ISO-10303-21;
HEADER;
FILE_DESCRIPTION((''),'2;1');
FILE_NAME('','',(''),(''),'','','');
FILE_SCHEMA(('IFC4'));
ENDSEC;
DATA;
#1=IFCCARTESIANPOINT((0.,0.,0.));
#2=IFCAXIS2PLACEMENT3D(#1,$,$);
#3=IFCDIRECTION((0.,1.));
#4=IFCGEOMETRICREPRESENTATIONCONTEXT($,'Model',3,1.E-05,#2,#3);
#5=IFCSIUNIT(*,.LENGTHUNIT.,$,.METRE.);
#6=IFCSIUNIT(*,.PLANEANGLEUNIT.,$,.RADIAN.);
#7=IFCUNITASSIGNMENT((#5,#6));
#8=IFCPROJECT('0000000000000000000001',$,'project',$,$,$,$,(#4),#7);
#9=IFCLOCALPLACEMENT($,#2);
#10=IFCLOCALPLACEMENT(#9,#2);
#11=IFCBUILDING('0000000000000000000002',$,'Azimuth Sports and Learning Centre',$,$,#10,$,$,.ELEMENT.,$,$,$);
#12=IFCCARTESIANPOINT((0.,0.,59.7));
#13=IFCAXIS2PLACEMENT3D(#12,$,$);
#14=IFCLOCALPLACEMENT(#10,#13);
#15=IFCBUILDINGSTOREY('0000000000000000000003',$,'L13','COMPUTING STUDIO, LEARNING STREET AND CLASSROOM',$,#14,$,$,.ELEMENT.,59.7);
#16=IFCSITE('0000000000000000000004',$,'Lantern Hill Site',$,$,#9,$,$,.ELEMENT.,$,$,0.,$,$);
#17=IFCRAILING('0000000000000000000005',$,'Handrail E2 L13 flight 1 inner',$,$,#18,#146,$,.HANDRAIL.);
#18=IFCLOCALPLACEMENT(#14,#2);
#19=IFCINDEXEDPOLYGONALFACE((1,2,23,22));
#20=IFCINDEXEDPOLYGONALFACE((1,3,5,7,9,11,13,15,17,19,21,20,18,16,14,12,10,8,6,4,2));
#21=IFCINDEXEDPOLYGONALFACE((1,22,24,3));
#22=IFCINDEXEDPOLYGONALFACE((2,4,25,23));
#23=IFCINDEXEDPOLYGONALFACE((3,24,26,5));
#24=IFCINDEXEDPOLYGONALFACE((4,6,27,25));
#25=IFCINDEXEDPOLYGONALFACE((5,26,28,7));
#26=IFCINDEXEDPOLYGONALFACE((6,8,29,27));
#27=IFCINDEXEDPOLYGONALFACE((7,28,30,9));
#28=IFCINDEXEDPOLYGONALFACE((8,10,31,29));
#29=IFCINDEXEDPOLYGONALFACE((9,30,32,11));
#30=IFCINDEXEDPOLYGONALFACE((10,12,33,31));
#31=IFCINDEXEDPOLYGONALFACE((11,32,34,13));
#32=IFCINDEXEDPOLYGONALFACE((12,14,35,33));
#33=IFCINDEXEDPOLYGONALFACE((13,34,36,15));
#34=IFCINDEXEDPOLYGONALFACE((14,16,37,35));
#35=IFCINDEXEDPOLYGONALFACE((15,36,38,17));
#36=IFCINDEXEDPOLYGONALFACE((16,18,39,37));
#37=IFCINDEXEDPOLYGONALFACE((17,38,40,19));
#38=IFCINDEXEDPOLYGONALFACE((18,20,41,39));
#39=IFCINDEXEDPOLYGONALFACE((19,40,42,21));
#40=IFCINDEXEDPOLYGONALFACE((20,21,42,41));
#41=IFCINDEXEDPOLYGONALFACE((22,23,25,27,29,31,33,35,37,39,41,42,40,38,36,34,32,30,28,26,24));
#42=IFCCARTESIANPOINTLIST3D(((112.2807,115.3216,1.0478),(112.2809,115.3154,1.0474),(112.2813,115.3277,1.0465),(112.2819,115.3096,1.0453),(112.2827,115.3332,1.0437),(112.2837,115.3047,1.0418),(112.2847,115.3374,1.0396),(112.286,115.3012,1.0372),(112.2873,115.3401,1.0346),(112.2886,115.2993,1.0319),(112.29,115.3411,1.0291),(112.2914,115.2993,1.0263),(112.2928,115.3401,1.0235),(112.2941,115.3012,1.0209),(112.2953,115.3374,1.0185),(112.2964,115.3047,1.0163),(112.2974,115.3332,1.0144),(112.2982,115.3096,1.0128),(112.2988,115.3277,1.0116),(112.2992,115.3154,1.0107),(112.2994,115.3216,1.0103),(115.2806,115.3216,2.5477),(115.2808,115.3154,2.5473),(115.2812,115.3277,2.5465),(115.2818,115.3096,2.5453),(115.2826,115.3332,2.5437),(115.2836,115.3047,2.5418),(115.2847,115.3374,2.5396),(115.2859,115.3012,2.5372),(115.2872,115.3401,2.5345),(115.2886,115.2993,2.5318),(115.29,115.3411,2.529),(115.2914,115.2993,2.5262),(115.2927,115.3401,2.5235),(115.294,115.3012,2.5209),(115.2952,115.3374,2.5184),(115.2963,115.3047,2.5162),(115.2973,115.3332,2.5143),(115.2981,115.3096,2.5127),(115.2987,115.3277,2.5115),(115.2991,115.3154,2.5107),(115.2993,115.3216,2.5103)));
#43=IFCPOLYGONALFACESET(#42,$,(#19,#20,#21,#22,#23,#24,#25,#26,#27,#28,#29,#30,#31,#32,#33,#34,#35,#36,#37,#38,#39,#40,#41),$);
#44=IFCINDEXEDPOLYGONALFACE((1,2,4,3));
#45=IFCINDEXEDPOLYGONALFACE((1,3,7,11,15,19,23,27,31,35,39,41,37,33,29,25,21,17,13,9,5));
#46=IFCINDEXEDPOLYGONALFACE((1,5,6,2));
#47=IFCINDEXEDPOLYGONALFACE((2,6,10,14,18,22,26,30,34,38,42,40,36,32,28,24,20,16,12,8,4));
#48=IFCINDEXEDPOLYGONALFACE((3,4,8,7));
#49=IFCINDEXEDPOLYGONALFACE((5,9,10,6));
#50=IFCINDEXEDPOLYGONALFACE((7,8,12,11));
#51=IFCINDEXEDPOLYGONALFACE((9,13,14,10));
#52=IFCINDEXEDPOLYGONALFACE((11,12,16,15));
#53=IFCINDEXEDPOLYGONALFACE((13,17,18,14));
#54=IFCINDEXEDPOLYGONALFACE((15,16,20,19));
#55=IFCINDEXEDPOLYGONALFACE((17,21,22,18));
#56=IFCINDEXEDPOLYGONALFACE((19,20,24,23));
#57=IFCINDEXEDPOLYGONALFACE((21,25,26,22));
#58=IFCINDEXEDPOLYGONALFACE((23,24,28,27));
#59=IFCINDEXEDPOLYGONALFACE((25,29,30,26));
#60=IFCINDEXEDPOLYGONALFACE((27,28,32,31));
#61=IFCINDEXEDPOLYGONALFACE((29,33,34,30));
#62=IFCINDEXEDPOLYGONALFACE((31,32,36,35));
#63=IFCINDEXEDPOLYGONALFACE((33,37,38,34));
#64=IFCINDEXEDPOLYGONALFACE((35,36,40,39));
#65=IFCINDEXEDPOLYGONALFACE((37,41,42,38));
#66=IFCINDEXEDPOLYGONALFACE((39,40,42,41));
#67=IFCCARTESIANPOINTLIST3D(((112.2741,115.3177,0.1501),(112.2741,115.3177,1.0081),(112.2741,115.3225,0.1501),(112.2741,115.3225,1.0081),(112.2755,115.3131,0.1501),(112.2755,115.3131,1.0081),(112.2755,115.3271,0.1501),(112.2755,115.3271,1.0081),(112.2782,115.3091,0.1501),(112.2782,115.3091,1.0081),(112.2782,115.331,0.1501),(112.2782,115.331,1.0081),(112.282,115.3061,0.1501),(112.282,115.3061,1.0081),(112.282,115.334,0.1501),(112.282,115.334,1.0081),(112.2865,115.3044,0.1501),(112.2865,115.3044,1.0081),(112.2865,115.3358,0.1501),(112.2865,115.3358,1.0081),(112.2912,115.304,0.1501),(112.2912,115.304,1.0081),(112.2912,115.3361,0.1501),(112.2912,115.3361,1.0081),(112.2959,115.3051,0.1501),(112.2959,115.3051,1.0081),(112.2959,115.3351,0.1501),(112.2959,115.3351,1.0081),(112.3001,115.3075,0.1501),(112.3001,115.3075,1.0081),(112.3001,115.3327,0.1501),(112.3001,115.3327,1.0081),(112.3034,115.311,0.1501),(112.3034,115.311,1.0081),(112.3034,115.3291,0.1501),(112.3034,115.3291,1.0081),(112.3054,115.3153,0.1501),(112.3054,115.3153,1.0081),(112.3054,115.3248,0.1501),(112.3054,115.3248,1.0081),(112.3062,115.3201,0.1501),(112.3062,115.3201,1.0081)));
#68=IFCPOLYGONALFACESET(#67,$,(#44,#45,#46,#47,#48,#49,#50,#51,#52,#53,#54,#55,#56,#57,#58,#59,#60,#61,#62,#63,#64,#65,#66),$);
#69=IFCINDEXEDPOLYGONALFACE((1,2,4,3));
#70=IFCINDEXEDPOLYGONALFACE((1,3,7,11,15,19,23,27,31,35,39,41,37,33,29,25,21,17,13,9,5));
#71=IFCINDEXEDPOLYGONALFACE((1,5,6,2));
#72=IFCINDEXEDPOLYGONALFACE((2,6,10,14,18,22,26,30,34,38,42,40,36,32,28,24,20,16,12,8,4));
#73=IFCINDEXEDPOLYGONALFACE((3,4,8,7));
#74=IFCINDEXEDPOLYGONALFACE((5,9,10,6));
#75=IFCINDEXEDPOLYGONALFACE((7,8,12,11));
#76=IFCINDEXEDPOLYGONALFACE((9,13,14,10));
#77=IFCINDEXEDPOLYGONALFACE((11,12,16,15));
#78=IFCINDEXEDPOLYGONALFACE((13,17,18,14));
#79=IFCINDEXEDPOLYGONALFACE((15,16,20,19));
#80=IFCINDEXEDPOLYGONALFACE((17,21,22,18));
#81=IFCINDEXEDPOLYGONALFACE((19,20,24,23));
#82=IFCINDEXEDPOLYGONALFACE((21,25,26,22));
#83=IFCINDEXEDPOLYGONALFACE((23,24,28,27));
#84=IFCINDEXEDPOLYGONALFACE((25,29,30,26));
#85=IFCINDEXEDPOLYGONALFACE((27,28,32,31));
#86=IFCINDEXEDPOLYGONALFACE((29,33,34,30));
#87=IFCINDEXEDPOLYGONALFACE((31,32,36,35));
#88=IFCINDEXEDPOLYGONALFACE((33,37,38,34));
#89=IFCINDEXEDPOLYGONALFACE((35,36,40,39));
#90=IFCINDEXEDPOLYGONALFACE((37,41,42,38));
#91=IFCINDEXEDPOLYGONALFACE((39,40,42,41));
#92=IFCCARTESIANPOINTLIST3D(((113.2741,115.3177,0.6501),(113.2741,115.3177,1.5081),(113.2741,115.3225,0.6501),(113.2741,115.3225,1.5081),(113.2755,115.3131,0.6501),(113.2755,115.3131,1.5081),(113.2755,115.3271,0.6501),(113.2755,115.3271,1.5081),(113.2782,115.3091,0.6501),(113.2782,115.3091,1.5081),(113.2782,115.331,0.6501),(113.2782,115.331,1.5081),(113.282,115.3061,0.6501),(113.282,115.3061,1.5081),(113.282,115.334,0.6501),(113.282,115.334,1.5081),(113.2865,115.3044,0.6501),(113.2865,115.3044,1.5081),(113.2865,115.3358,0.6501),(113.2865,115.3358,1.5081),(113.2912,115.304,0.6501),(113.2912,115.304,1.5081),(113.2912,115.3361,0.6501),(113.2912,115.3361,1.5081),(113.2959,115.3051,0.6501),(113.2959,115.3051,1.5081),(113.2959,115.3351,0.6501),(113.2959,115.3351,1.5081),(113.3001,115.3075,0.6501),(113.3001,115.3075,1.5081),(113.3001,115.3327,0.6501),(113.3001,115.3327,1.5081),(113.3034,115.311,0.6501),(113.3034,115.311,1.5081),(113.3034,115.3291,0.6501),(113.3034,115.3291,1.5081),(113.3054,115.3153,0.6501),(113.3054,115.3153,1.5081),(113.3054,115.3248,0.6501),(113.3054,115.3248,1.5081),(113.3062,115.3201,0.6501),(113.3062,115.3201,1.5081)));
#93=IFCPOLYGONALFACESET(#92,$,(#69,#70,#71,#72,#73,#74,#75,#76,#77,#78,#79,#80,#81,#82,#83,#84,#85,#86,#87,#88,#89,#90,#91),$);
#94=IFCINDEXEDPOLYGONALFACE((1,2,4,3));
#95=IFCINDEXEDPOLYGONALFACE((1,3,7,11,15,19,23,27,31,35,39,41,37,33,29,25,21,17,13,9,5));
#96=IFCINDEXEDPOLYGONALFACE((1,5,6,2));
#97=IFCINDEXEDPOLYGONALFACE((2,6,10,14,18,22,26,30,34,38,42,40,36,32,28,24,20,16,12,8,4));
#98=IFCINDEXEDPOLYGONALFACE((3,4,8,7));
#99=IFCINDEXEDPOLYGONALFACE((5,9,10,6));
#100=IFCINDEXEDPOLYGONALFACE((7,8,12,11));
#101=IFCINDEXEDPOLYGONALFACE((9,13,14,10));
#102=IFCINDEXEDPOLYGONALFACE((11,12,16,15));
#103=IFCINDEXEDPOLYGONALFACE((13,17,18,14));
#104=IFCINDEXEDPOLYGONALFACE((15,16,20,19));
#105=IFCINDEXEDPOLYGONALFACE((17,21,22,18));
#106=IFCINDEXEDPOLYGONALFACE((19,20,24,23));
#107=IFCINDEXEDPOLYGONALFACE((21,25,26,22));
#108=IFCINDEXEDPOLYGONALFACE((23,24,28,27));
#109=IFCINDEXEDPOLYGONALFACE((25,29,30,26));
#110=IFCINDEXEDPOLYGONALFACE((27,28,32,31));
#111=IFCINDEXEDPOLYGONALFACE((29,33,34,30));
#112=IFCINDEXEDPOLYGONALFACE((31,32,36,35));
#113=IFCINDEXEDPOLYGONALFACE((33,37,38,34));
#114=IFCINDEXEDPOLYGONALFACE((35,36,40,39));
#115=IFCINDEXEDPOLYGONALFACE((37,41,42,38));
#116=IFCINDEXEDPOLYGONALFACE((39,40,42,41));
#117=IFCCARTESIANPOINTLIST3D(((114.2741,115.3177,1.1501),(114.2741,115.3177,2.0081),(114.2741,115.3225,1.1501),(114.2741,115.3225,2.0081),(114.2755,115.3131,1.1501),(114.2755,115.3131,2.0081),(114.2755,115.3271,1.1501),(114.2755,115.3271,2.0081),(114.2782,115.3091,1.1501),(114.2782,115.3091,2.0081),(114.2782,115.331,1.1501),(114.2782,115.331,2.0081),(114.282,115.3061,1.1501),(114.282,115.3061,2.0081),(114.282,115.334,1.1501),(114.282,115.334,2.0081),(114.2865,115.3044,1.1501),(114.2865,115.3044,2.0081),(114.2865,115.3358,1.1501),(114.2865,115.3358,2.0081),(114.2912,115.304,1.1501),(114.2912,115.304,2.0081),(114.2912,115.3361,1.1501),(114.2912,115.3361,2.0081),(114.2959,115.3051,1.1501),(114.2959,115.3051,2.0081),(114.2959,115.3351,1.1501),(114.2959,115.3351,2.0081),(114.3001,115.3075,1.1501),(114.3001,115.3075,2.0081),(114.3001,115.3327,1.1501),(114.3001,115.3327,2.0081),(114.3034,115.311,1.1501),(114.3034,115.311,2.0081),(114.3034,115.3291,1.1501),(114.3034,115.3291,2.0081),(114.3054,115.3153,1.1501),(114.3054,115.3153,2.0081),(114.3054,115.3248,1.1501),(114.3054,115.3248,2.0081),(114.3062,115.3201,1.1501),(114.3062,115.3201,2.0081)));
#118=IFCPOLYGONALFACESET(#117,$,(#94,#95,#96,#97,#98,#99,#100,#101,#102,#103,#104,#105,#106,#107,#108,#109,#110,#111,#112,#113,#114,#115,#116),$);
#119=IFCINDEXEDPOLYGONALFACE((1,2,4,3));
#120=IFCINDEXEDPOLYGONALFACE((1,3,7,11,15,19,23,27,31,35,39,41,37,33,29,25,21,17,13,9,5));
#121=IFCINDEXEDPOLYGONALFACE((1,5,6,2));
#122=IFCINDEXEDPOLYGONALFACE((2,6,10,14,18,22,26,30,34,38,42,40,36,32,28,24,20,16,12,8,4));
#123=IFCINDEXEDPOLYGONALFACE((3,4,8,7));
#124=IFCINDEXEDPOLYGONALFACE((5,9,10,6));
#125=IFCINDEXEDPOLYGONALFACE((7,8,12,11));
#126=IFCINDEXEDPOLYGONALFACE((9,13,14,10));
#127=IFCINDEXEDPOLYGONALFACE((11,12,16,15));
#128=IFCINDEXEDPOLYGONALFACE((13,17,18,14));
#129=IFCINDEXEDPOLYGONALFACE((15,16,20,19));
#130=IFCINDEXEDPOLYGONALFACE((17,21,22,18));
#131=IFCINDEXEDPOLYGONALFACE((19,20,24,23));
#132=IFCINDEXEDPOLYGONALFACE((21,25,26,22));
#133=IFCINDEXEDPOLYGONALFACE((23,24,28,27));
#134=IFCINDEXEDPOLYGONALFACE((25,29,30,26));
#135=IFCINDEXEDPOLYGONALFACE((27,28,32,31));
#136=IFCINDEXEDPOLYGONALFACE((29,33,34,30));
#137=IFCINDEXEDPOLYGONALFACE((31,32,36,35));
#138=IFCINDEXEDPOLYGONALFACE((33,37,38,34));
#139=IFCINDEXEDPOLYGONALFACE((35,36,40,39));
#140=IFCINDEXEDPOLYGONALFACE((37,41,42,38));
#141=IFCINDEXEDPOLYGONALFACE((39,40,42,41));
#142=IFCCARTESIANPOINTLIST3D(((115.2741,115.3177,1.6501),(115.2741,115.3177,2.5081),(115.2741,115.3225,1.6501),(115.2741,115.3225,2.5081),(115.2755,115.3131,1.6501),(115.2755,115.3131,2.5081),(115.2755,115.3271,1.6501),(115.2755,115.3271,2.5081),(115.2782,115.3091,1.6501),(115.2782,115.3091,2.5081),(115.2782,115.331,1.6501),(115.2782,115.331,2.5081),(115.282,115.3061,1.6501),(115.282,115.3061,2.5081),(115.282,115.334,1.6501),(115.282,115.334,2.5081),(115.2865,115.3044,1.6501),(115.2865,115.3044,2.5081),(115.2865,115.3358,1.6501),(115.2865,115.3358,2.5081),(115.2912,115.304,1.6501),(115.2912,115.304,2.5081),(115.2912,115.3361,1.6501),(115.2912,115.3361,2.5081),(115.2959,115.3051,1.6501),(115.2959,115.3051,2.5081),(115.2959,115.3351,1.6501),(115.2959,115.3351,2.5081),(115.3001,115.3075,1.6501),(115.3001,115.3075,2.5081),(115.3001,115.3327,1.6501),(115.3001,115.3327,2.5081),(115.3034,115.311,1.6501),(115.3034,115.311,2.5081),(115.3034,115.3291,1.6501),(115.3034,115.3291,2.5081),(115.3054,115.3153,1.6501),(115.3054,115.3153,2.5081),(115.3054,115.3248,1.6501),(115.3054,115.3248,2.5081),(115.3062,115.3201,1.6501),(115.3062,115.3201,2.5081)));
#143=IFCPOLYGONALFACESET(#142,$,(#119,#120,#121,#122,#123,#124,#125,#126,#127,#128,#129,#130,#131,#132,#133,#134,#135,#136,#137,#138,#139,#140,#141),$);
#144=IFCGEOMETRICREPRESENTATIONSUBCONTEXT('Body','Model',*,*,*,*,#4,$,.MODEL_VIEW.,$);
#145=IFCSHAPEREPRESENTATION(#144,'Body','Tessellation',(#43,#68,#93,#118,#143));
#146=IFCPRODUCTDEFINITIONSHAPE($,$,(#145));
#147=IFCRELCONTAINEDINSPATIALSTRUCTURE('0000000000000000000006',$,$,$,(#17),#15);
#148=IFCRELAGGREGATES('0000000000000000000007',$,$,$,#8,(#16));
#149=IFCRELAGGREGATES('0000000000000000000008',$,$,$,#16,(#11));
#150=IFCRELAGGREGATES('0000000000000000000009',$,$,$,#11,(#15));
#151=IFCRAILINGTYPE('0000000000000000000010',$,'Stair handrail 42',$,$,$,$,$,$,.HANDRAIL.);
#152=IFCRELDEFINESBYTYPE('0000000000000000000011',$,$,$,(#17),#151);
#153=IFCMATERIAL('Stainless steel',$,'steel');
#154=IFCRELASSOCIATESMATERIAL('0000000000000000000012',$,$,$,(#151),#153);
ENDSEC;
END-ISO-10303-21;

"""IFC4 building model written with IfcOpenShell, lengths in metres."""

from ifc_helpers import new_model, si_unit, direction, frame, origin, origin_2d, place, context, subcontext, project, spatial, circle, extrude, material, type_object, element, save


model = new_model("IFC4")

# Units and contexts
model_context = context("Model", 3, precision=1e-05, world=origin(), true_north=direction((0.0, 1.0)))
body_context = subcontext(model_context, "Body", "Model", "MODEL_VIEW")
ifc_project = project(units=[si_unit("LENGTHUNIT", "METRE"), si_unit("PLANEANGLEUNIT", "RADIAN")], contexts=[model_context])

# Site, building, storey
site_placement = place(None, origin())
site = spatial("IfcSite", under=ifc_project, at=site_placement, Name="Lantern Hill Site", CompositionType="ELEMENT", RefElevation=0.0)
building_placement = place(site_placement, origin())
building = spatial("IfcBuilding", under=site, at=building_placement, Name="Azimuth Sports and Learning Centre", CompositionType="ELEMENT")
storey_placement = place(building_placement, frame((0.0, 0.0, 59.7)))
storey = spatial("IfcBuildingStorey", under=building, at=storey_placement, Name="L13", Description="COMPUTING STUDIO, LEARNING STREET AND CLASSROOM", CompositionType="ELEMENT", Elevation=59.7)

# Railing
ifc_material_1 = material(Name="Stainless steel", Category="steel")
railing_type_1 = type_object("IfcRailingType", Name="Stair handrail 42", PredefinedType="HANDRAIL", material=ifc_material_1)
for number, where, name in (
    (1, (112.29, 115.3201, 0.1501), "Handrail E2 L13 flight 1 inner"),
):
    element("IfcRailing", number, at=place(storey_placement, frame(where)), inside=storey, type_object=railing_type_1, Name=name, PredefinedType="HANDRAIL", context=body_context, shape_type="SweptSolid", body=[
        extrude(circle(Radius=0.021, at=origin_2d()), frame((0.0, 0.0, 0.8789), z_axis=(0.894427, 0.0, 0.447214), x_axis=(0.0, 1.0, 0.0)), (0.0, 0.0, 1.0), 3.354),
        extrude(circle(Radius=0.0161, at=origin_2d()), origin(), (0.0, 0.0, 1.0), 0.8579),
        extrude(circle(Radius=0.0161, at=origin_2d()), frame((1.0, 0.0, 0.5)), (0.0, 0.0, 1.0), 0.8579),
        extrude(circle(Radius=0.0161, at=origin_2d()), frame((2.0, 0.0, 1.0)), (0.0, 0.0, 1.0), 0.8579),
        extrude(circle(Radius=0.0161, at=origin_2d()), frame((3.0, 0.0, 1.5)), (0.0, 0.0, 1.0), 0.8579),
    ])

save(model, "model.ifc")
